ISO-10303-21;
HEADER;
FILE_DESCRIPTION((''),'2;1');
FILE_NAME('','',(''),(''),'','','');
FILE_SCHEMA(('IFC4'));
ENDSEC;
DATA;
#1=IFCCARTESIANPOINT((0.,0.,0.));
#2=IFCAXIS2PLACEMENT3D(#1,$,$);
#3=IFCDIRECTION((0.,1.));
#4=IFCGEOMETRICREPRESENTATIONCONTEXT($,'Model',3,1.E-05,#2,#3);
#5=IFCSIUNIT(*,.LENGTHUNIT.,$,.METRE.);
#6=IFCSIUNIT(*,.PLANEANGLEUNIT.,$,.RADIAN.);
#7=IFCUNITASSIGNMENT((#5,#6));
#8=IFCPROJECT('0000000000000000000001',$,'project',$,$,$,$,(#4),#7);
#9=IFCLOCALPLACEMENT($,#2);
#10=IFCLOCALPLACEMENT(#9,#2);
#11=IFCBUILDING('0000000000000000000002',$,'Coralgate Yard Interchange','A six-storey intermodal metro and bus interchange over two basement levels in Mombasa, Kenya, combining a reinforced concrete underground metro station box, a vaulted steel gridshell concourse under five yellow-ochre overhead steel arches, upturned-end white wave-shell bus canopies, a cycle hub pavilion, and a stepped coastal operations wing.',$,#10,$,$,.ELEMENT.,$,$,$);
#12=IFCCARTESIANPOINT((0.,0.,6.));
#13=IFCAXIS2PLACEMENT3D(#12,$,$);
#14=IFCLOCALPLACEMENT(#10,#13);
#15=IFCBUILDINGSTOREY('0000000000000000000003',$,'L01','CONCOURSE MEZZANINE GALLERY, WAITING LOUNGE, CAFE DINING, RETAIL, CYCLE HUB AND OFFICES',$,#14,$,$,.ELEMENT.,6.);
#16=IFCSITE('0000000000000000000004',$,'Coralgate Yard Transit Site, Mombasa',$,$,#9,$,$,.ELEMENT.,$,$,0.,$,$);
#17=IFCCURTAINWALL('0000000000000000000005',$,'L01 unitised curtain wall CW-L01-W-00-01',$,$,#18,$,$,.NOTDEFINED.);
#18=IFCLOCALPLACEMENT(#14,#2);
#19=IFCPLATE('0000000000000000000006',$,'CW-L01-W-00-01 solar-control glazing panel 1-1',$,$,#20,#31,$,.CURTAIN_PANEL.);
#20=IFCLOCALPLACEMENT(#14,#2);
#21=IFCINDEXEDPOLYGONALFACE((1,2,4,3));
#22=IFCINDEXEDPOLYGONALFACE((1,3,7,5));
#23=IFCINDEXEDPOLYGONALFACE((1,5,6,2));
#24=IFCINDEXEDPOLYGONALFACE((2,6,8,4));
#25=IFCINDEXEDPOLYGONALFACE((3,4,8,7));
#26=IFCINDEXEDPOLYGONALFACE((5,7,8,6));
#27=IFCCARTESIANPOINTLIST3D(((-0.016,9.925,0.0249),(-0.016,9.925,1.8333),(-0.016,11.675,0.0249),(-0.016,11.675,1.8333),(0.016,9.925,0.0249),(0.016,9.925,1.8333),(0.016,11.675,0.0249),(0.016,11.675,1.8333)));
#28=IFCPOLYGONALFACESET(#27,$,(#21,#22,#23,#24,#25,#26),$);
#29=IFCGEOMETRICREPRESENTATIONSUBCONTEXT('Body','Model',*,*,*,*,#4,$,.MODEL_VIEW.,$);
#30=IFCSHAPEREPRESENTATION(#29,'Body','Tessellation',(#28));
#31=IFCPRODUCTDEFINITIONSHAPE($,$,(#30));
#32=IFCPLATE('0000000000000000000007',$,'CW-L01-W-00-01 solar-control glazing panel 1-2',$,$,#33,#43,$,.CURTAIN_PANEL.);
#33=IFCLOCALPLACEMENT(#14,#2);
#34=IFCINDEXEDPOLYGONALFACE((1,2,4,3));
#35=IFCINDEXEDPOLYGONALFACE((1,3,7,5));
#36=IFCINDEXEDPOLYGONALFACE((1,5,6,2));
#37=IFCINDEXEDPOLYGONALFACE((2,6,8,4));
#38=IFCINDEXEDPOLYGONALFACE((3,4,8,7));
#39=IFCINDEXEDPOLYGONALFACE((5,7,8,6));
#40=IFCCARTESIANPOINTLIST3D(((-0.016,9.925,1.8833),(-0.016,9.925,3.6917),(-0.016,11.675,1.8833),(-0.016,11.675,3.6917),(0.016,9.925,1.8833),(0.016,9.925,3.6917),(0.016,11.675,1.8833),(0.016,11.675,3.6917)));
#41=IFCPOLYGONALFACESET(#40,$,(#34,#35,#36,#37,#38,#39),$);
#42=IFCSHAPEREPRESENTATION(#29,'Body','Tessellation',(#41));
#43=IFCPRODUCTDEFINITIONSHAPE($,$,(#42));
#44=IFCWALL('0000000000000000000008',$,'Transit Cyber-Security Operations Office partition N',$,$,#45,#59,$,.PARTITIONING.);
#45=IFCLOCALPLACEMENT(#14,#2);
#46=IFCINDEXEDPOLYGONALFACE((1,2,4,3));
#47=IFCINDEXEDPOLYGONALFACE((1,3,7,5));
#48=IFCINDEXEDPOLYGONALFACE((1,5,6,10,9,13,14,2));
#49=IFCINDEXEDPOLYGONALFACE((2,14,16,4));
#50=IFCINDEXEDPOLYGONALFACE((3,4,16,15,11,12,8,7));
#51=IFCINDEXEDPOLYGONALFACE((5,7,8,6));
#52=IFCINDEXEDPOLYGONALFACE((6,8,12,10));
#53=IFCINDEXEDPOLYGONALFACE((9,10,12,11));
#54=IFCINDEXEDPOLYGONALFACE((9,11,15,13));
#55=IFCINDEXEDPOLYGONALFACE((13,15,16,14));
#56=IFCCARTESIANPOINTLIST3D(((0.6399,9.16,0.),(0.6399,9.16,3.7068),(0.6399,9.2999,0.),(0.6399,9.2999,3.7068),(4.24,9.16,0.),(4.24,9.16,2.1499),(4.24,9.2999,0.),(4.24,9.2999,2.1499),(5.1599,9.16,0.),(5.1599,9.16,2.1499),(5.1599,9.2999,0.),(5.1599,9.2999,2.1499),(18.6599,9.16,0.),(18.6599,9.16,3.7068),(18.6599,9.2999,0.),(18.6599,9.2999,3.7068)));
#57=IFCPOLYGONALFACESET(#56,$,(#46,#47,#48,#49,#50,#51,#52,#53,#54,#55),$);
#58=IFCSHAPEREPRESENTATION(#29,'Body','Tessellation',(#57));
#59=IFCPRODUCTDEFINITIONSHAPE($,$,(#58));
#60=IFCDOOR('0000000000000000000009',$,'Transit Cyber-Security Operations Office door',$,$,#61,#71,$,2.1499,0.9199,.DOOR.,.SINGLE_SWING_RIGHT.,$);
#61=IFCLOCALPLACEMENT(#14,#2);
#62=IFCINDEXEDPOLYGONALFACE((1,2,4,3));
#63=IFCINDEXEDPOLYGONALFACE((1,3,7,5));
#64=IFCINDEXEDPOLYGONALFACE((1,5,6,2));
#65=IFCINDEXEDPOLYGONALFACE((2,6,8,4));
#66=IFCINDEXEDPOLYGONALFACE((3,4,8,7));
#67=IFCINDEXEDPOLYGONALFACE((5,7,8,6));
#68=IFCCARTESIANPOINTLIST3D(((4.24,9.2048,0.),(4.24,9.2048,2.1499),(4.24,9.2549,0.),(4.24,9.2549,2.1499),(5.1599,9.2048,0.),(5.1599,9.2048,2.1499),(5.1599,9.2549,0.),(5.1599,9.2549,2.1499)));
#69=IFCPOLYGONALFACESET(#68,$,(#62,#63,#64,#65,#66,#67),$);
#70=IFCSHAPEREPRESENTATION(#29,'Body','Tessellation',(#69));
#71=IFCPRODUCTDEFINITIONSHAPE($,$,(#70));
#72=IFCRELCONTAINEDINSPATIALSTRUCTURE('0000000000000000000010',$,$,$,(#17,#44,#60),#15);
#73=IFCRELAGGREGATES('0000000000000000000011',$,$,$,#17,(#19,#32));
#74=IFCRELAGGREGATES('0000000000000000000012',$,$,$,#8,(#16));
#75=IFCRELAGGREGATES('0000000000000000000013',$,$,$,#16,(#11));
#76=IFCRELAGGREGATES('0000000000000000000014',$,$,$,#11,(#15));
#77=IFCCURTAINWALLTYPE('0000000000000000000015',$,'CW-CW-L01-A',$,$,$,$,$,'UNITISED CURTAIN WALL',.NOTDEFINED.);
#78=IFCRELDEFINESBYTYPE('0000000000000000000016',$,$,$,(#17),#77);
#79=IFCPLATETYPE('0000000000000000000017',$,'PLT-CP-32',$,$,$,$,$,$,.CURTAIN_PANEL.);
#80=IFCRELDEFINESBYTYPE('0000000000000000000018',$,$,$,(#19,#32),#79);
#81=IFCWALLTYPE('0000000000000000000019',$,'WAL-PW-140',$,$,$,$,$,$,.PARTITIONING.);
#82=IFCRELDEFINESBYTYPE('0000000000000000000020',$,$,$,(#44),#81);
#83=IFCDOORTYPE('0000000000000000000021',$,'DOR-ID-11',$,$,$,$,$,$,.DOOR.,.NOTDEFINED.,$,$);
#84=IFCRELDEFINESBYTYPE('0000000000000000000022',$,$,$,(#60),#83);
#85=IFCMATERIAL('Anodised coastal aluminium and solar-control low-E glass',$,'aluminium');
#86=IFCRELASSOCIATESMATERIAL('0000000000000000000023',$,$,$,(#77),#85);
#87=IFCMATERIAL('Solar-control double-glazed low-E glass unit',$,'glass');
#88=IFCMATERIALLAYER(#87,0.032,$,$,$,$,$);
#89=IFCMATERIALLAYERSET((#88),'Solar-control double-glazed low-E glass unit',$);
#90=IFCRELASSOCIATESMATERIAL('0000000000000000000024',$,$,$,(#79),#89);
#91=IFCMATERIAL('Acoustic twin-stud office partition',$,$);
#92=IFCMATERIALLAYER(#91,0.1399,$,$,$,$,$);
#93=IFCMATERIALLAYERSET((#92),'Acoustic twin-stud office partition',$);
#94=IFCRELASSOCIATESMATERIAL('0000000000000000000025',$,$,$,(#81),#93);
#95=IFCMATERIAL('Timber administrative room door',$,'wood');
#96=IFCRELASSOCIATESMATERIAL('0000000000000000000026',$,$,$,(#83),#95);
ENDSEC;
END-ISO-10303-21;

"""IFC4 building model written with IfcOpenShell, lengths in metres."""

from ifc_helpers import new_model, si_unit, direction, frame, frame_2d, origin, origin_2d, place, context, subcontext, project, spatial, rectangle, extrude, material, layer, layer_set, type_object, element, fill, aggregate, save


model = new_model("IFC4")

# Units and contexts
model_context = context("Model", 3, precision=1e-05, world=origin(), true_north=direction((0.0, 1.0)))
body_context = subcontext(model_context, "Body", "Model", "MODEL_VIEW")
ifc_project = project(units=[si_unit("LENGTHUNIT", "METRE"), si_unit("PLANEANGLEUNIT", "RADIAN")], contexts=[model_context])

# Site, building, storey
site_placement = place(None, origin())
site = spatial("IfcSite", under=ifc_project, at=site_placement, Name="Coralgate Yard Transit Site, Mombasa", CompositionType="ELEMENT", RefElevation=0.0)
building_placement = place(site_placement, origin())
building = spatial("IfcBuilding", under=site, at=building_placement, Name="Coralgate Yard Interchange", Description="A six-storey intermodal metro and bus interchange over two basement levels in Mombasa, Kenya, combining a reinforced concrete underground metro station box, a vaulted steel gridshell concourse under five yellow-ochre overhead steel arches, upturned-end white wave-shell bus canopies, a cycle hub pavilion, and a stepped coastal operations wing.", CompositionType="ELEMENT")
storey_placement = place(building_placement, frame((0.0, 0.0, 6.0)))
storey = spatial("IfcBuildingStorey", under=building, at=storey_placement, Name="L01", Description="CONCOURSE MEZZANINE GALLERY, WAITING LOUNGE, CAFE DINING, RETAIL, CYCLE HUB AND OFFICES", CompositionType="ELEMENT", Elevation=6.0)

# Curtain wall
ifc_material_1 = material(Name="Anodised coastal aluminium and solar-control low-E glass", Category="aluminium")
curtain_wall_type_1 = type_object("IfcCurtainWallType", Name="CW-CW-L01-A", ElementType="UNITISED CURTAIN WALL", PredefinedType="NOTDEFINED", material=ifc_material_1)
curtain_wall_1_placement = place(storey_placement, origin())
curtain_wall_1 = element("IfcCurtainWall", 1, at=curtain_wall_1_placement, inside=storey, type_object=curtain_wall_type_1, Name="L01 unitised curtain wall CW-L01-W-00-01", PredefinedType="NOTDEFINED")

# Plates
ifc_material_2 = material(Name="Solar-control double-glazed low-E glass unit", Category="glass")
ifc_layer_1 = layer(ifc_material_2, 0.032)
ifc_layer_set_1 = layer_set([ifc_layer_1], Name="Solar-control double-glazed low-E glass unit")
plate_type = type_object("IfcPlateType", Name="PLT-CP-32", PredefinedType="CURTAIN_PANEL", material=ifc_layer_set_1)
plate_1_placement = place(storey_placement, frame((0.0, 10.8, 0.0249), z_axis=(0.0, 0.0, 1.0), x_axis=(0.0, 1.0, 0.0)))
plate_1 = element("IfcPlate", 2, at=plate_1_placement, type_object=plate_type, Name="CW-L01-W-00-01 solar-control glazing panel 1-1", PredefinedType="CURTAIN_PANEL", context=body_context, shape_type="SweptSolid", body=[
    extrude(rectangle(XDim=1.75, YDim=0.032, at=origin_2d()), origin(), (0.0, 0.0, 1.0), 1.8083),
])
plate_2_placement = place(storey_placement, frame((0.0, 10.8, 1.8833), z_axis=(0.0, 0.0, 1.0), x_axis=(0.0, 1.0, 0.0)))
plate_2 = element("IfcPlate", 3, at=plate_2_placement, type_object=plate_type, Name="CW-L01-W-00-01 solar-control glazing panel 1-2", PredefinedType="CURTAIN_PANEL", context=body_context, shape_type="SweptSolid", body=[
    extrude(rectangle(XDim=1.75, YDim=0.032, at=origin_2d()), origin(), (0.0, 0.0, 1.0), 1.8083),
])
aggregate(curtain_wall_1, [plate_1, plate_2])

# Wall, opening, door
ifc_material_3 = material(Name="Acoustic twin-stud office partition")
ifc_layer_2 = layer(ifc_material_3, 0.1399)
ifc_layer_set_2 = layer_set([ifc_layer_2], Name="Acoustic twin-stud office partition")
wall_type = type_object("IfcWallType", Name="WAL-PW-140", PredefinedType="PARTITIONING", material=ifc_layer_set_2)
wall_placement = place(storey_placement, frame((0.6399, 9.23, 0.0), z_axis=(0.0, 0.0, 1.0), x_axis=(1.0, 0.0, 0.0)))
wall = element("IfcWall", 4, at=wall_placement, inside=storey, type_object=wall_type, Name="Transit Cyber-Security Operations Office partition N", PredefinedType="PARTITIONING", context=body_context, shape_type="SweptSolid", body=[
    extrude(rectangle(XDim=18.02, YDim=0.1399, at=frame_2d((9.01, 0.0))), origin(), (0.0, 0.0, 1.0), 3.7068),
])
opening_placement = place(wall_placement, frame((3.6001, 0.0, 0.0)))
opening = element("IfcOpeningElement", 5, at=opening_placement, cuts=wall, PredefinedType="OPENING", context=body_context, shape_type="SweptSolid", body=[
    extrude(rectangle(XDim=0.9199, YDim=2.1499, at=frame_2d((0.46, 1.075))), frame((0.0, 0.0798, 0.0), z_axis=(0.0, -1.0, 0.0), x_axis=(1.0, 0.0, 0.0)), (0.0, 0.0, 1.0), 0.1599),
])
ifc_material_4 = material(Name="Timber administrative room door", Category="wood")
door_type = type_object("IfcDoorType", Name="DOR-ID-11", OperationType="NOTDEFINED", PredefinedType="DOOR", material=ifc_material_4)
door_placement = place(opening_placement, origin())
door = element("IfcDoor", 6, at=door_placement, inside=storey, type_object=door_type, Name="Transit Cyber-Security Operations Office door", OperationType="SINGLE_SWING_RIGHT", OverallHeight=2.1499, OverallWidth=0.9199, PredefinedType="DOOR", context=body_context, shape_type="SweptSolid", body=[
    extrude(rectangle(XDim=0.9199, YDim=2.1499, at=frame_2d((0.46, 1.075))), frame((0.0, 0.0249, 0.0), z_axis=(0.0, -1.0, 0.0), x_axis=(1.0, 0.0, 0.0)), (0.0, 0.0, 1.0), 0.05),
])
fill(opening, door)

save(model, "model.ifc")
